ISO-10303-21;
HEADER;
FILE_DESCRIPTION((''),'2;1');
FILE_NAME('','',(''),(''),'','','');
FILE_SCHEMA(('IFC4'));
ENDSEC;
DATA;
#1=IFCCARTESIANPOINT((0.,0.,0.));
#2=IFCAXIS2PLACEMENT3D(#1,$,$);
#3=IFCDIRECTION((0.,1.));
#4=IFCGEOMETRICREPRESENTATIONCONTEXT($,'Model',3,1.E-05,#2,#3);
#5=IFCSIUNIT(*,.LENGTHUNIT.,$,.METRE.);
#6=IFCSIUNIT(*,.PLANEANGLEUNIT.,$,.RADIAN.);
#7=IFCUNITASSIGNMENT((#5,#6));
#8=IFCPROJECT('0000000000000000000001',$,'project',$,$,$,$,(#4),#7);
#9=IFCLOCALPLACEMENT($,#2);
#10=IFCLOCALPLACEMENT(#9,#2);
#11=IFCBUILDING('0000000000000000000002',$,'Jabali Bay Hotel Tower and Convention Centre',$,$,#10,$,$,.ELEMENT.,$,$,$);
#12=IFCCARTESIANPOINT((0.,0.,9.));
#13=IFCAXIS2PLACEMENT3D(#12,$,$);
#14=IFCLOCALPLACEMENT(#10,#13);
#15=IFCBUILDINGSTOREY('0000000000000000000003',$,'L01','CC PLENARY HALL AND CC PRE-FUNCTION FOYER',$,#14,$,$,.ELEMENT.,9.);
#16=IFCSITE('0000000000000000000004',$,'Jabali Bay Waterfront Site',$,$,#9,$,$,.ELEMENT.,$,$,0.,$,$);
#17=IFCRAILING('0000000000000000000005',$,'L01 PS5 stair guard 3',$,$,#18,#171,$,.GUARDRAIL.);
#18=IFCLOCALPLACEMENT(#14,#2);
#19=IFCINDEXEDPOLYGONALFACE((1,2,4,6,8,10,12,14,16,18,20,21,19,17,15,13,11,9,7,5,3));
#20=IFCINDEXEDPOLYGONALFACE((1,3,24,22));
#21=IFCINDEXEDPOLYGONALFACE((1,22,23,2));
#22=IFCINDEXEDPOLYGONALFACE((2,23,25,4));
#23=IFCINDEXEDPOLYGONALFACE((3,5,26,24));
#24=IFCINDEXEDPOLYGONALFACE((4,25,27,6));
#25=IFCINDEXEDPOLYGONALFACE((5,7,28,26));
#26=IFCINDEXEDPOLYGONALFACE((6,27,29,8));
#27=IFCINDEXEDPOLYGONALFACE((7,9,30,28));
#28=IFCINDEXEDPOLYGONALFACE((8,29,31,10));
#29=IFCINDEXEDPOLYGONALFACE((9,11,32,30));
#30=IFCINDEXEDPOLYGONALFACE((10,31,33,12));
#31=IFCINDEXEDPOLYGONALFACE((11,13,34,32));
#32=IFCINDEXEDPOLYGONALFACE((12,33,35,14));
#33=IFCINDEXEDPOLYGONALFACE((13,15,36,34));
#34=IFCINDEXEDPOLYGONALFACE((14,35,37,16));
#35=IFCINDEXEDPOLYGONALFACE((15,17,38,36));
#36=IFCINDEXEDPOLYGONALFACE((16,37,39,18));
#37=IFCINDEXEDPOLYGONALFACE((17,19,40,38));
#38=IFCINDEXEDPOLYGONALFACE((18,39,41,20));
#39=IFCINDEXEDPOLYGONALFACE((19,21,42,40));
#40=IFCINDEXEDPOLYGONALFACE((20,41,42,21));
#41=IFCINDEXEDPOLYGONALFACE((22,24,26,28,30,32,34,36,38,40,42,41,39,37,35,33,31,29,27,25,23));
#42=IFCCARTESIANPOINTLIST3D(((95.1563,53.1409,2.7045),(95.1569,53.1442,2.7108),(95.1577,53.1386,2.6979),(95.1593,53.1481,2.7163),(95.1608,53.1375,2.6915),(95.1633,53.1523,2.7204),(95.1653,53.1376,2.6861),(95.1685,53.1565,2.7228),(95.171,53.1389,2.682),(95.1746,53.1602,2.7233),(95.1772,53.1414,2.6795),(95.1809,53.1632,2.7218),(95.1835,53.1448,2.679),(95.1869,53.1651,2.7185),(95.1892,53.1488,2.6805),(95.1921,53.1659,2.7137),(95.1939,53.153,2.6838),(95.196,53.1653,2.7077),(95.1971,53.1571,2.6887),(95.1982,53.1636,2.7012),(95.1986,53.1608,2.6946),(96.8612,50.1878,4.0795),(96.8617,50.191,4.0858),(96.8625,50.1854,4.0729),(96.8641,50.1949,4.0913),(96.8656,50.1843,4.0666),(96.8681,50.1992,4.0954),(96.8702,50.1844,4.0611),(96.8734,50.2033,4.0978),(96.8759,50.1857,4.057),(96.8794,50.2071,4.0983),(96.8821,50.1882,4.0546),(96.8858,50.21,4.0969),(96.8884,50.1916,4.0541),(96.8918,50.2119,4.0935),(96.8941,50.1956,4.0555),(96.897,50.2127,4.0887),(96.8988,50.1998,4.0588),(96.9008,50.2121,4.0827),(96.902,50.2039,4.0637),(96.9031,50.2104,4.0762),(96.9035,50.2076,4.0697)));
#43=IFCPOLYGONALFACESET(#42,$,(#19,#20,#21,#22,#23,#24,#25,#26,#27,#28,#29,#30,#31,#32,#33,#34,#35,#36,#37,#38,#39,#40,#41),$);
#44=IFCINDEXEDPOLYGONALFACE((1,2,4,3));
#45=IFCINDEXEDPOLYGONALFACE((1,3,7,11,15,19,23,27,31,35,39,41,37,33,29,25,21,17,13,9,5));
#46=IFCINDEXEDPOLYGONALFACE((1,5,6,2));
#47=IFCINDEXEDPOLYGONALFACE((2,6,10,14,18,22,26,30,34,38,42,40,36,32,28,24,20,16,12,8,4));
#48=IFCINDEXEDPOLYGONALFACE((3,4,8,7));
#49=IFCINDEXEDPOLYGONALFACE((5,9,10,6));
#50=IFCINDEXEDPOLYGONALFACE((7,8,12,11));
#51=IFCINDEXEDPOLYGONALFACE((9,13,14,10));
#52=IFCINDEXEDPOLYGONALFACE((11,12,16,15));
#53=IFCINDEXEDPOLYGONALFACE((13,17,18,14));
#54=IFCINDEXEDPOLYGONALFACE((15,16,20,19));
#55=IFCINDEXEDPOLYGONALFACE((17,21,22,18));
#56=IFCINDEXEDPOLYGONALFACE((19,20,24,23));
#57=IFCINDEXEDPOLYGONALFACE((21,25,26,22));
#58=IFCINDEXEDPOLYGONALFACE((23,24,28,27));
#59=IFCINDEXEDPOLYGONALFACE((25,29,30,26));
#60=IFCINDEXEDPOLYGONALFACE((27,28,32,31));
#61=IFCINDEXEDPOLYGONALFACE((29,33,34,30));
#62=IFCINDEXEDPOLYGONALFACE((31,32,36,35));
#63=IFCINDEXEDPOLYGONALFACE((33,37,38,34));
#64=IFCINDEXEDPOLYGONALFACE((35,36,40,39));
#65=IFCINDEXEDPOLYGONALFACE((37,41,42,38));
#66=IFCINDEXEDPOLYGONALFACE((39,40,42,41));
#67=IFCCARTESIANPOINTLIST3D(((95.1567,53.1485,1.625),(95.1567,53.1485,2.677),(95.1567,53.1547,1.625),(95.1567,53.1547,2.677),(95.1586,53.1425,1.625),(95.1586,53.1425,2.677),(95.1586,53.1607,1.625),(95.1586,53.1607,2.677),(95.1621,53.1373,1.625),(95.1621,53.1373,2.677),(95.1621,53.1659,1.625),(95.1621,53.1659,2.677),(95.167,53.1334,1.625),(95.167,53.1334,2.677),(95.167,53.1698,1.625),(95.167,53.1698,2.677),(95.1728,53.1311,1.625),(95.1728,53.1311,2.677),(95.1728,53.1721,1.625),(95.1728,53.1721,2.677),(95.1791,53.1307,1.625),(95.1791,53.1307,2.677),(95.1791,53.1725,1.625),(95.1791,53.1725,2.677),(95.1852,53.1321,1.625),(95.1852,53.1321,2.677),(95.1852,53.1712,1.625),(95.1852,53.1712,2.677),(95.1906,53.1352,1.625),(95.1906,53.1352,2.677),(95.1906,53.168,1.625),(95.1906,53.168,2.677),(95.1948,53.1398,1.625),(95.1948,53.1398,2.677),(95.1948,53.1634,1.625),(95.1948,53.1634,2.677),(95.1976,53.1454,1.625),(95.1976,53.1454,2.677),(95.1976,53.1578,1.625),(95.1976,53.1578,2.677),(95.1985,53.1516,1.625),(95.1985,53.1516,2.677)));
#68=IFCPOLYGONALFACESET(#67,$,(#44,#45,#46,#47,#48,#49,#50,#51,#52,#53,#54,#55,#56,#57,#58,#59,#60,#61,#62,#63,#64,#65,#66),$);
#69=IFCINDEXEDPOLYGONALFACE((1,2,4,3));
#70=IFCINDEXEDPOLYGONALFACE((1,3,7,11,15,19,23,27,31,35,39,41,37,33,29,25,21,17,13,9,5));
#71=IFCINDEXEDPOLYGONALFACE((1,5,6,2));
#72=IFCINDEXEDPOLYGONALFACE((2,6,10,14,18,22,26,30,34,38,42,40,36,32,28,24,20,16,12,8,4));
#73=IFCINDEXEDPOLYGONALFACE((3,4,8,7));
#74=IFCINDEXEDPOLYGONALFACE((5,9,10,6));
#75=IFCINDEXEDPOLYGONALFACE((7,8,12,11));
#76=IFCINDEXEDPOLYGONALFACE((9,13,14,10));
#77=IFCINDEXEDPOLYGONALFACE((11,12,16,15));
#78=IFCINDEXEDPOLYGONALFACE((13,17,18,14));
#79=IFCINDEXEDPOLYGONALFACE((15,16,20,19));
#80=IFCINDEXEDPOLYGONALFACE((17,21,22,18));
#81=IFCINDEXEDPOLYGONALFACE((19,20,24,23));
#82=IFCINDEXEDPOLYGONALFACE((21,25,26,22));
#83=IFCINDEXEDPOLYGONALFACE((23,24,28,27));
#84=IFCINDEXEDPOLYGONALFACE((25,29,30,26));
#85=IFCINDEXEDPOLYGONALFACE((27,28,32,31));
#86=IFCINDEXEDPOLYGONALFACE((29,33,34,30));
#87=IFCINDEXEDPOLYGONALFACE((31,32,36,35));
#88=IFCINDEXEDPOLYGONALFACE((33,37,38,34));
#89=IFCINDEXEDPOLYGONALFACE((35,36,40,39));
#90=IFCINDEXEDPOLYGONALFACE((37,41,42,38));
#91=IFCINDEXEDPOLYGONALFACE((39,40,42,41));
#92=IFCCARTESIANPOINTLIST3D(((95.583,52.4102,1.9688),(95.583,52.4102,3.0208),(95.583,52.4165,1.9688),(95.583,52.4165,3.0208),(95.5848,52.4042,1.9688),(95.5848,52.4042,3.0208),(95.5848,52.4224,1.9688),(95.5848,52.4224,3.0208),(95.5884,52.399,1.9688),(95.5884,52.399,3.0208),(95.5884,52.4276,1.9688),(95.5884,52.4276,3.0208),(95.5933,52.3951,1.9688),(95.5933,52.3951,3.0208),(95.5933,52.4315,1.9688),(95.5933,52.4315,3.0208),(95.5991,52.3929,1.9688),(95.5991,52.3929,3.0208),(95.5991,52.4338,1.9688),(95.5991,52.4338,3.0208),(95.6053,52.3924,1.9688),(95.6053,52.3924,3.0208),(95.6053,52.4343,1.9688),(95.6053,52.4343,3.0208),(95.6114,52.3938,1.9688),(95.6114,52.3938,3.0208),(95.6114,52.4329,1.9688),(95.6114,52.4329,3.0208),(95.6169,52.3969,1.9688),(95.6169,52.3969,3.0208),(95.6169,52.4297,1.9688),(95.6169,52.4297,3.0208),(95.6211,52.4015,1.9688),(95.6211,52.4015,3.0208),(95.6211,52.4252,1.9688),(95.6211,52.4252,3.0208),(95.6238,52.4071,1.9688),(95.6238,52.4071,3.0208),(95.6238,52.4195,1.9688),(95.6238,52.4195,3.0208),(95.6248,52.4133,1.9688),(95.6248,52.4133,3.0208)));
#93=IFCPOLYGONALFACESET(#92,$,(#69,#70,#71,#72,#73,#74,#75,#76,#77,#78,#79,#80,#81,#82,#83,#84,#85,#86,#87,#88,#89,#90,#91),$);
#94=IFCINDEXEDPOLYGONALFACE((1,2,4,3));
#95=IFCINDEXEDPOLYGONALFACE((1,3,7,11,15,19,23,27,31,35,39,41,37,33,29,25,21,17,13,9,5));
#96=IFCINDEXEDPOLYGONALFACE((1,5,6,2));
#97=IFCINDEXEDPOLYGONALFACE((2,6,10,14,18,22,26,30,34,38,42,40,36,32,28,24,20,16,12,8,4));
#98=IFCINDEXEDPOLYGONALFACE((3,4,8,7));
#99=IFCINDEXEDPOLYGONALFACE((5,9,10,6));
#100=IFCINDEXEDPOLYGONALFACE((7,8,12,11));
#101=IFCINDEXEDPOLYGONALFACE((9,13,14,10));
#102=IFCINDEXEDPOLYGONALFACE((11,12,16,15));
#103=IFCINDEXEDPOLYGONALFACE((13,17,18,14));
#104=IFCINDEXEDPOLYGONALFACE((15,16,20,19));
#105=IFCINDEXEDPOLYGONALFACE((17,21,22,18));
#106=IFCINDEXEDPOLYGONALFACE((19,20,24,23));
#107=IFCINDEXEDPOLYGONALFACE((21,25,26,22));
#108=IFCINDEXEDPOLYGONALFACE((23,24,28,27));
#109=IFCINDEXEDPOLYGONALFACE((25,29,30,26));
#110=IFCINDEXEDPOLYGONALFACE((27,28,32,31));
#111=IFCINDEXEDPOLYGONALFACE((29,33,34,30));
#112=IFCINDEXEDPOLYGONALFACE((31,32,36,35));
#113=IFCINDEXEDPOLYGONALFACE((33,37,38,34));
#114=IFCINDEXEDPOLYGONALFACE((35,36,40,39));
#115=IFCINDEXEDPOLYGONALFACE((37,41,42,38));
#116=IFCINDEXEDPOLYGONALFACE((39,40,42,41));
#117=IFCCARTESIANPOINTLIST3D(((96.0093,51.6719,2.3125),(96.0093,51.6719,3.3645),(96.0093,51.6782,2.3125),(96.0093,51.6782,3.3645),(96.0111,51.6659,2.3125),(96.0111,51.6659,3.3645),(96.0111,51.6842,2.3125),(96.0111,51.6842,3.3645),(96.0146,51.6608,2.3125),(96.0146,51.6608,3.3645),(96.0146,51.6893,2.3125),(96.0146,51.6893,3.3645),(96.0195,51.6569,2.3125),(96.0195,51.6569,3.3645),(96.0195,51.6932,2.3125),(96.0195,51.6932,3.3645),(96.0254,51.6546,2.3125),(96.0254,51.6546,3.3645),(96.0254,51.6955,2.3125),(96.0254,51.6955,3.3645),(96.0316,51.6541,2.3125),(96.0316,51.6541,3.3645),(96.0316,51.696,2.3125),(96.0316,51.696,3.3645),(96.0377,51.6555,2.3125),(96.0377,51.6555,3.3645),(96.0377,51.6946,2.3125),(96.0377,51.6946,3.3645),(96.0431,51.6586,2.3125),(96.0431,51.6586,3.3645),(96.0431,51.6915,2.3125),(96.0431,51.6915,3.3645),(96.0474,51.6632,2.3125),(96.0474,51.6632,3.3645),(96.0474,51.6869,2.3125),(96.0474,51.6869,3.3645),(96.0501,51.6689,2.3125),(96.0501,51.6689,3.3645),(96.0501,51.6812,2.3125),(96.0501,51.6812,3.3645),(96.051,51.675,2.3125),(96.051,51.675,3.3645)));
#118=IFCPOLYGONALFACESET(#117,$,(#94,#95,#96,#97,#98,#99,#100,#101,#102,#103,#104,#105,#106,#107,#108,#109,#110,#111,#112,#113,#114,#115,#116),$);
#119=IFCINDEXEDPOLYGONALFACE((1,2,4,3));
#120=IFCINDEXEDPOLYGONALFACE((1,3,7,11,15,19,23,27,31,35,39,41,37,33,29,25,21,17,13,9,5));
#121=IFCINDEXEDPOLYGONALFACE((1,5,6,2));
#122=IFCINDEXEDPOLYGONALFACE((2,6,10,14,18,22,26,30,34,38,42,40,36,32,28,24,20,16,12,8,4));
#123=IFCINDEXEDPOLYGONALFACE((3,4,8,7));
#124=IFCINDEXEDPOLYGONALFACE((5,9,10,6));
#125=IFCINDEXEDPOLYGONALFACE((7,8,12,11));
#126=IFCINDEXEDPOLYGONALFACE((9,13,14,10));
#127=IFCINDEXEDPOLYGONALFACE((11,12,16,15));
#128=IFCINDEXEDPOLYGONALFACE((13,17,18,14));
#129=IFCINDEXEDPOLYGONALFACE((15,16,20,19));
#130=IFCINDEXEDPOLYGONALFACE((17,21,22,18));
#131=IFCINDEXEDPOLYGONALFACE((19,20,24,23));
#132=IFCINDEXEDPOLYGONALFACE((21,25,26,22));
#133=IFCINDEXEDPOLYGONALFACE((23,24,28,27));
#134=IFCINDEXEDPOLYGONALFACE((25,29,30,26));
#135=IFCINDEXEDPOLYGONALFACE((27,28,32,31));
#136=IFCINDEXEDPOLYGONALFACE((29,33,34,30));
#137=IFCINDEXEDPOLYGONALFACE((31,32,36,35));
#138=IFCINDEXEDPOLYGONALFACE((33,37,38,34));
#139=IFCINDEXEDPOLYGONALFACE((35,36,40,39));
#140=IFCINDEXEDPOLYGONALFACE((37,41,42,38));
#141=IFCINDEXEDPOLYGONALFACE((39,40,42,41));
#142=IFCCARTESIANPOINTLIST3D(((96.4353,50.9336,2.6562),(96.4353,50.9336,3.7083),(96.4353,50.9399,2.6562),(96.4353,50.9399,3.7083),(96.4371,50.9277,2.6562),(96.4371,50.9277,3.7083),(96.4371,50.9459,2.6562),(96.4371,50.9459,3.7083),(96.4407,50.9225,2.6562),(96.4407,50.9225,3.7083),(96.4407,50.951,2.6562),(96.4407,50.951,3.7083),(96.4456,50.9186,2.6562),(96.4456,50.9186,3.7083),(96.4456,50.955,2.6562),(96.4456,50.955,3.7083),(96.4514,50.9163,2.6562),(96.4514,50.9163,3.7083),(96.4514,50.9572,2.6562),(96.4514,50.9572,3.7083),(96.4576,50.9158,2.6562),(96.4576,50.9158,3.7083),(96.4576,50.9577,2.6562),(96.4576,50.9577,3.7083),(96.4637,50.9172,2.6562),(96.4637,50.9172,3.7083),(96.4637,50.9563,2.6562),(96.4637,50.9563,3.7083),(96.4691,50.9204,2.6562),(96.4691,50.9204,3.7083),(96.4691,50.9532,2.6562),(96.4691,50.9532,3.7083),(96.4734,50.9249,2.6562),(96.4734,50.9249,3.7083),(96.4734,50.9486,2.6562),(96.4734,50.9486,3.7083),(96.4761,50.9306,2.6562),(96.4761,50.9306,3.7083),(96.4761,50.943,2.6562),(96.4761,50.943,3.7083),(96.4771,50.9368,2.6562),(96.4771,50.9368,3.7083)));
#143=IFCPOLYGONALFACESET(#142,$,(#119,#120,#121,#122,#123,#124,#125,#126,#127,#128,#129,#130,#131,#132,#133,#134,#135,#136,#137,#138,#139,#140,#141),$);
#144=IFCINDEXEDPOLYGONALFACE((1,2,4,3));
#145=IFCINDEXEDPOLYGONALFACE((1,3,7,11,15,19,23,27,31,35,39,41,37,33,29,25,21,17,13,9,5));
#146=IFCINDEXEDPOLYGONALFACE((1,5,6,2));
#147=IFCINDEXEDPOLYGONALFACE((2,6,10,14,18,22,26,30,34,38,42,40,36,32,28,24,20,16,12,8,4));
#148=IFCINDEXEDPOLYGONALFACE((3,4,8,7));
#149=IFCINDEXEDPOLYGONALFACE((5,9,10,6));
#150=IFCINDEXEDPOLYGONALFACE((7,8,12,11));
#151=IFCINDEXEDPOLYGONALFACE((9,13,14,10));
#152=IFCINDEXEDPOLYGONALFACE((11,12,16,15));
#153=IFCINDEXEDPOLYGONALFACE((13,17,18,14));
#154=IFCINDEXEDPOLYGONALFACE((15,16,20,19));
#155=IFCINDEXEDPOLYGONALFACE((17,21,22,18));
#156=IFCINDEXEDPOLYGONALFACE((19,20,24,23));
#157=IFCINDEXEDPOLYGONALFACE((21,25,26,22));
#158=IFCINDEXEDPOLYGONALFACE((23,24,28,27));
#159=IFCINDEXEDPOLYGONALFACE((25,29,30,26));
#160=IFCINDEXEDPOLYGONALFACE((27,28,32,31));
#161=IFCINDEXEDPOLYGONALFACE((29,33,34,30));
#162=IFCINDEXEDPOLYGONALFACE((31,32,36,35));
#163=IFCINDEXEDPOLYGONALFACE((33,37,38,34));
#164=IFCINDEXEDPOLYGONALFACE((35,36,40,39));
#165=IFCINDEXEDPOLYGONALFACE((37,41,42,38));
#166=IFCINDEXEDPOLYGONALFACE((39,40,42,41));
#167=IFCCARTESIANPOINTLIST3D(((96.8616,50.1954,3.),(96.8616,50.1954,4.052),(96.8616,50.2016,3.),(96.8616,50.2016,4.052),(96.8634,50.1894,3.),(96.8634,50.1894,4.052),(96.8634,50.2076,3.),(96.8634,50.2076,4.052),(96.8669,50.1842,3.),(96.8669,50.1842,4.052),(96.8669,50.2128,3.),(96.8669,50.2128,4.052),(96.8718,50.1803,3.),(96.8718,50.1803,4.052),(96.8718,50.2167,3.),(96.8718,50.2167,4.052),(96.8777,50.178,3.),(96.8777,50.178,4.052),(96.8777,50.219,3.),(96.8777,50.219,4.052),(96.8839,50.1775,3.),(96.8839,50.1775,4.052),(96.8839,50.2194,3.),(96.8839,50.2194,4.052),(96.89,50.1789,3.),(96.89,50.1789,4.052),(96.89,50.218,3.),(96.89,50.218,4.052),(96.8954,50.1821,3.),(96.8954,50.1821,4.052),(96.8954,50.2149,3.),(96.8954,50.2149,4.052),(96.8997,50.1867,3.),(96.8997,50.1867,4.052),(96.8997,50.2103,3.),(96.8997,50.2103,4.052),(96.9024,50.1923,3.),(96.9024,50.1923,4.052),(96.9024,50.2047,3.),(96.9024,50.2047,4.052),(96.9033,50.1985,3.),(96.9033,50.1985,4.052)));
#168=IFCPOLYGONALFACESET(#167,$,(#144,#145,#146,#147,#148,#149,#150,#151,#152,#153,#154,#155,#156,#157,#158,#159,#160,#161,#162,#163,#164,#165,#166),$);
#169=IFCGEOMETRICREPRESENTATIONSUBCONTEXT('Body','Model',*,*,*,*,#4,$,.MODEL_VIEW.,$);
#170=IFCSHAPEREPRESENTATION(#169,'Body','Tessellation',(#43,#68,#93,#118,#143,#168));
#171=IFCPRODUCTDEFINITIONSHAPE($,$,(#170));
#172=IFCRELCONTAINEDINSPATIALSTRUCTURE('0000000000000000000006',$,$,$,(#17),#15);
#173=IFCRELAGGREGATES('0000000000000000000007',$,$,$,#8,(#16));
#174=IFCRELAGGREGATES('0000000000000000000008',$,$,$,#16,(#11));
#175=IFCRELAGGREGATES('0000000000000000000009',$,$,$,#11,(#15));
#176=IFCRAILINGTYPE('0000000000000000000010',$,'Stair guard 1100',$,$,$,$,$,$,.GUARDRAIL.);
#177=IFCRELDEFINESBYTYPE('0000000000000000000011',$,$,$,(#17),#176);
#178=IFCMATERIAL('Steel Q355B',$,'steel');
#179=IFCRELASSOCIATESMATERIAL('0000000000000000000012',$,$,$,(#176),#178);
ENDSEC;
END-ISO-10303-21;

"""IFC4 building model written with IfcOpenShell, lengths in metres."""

from ifc_helpers import new_model, si_unit, direction, frame, origin, origin_2d, place, context, subcontext, project, spatial, circle, extrude, material, type_object, element, save


model = new_model("IFC4")

# Units and contexts
model_context = context("Model", 3, precision=1e-05, world=origin(), true_north=direction((0.0, 1.0)))
body_context = subcontext(model_context, "Body", "Model", "MODEL_VIEW")
ifc_project = project(units=[si_unit("LENGTHUNIT", "METRE"), si_unit("PLANEANGLEUNIT", "RADIAN")], contexts=[model_context])

# Site, building, storey
site_placement = place(None, origin())
site = spatial("IfcSite", under=ifc_project, at=site_placement, Name="Jabali Bay Waterfront Site", CompositionType="ELEMENT", RefElevation=0.0)
building_placement = place(site_placement, origin())
building = spatial("IfcBuilding", under=site, at=building_placement, Name="Jabali Bay Hotel Tower and Convention Centre", CompositionType="ELEMENT")
storey_placement = place(building_placement, frame((0.0, 0.0, 9.0)))
storey = spatial("IfcBuildingStorey", under=building, at=storey_placement, Name="L01", Description="CC PLENARY HALL AND CC PRE-FUNCTION FOYER", CompositionType="ELEMENT", Elevation=9.0)

# Railing
ifc_material_1 = material(Name="Steel Q355B", Category="steel")
railing_type_1 = type_object("IfcRailingType", Name="Stair guard 1100", PredefinedType="GUARDRAIL", material=ifc_material_1)
railing_1_placement = place(storey_placement, frame((95.1775, 53.1516, 1.625)))
element("IfcRailing", 1, at=railing_1_placement, inside=storey, type_object=railing_type_1, Name="L01 PS5 stair guard 3", PredefinedType="GUARDRAIL", context=body_context, shape_type="SweptSolid", body=[
    extrude(circle(Radius=0.0239, at=origin_2d()), frame((0.0, 0.0, 1.0762), z_axis=(0.463687, -0.803203, 0.373978), x_axis=(0.866045, 0.499966, 0.0)), (0.0, 0.0, 1.0), 3.6768),
    extrude(circle(Radius=0.021, at=origin_2d()), origin(), (0.0, 0.0, 1.0), 1.052),
    extrude(circle(Radius=0.021, at=origin_2d()), frame((0.4263, -0.7383, 0.3438)), (0.0, 0.0, 1.0), 1.052),
    extrude(circle(Radius=0.021, at=origin_2d()), frame((0.8525, -1.4766, 0.6875)), (0.0, 0.0, 1.0), 1.052),
    extrude(circle(Radius=0.021, at=origin_2d()), frame((1.2786, -2.2148, 1.0312)), (0.0, 0.0, 1.0), 1.052),
    extrude(circle(Radius=0.021, at=origin_2d()), frame((1.7048, -2.9531, 1.375)), (0.0, 0.0, 1.0), 1.052),
])

save(model, "model.ifc")
